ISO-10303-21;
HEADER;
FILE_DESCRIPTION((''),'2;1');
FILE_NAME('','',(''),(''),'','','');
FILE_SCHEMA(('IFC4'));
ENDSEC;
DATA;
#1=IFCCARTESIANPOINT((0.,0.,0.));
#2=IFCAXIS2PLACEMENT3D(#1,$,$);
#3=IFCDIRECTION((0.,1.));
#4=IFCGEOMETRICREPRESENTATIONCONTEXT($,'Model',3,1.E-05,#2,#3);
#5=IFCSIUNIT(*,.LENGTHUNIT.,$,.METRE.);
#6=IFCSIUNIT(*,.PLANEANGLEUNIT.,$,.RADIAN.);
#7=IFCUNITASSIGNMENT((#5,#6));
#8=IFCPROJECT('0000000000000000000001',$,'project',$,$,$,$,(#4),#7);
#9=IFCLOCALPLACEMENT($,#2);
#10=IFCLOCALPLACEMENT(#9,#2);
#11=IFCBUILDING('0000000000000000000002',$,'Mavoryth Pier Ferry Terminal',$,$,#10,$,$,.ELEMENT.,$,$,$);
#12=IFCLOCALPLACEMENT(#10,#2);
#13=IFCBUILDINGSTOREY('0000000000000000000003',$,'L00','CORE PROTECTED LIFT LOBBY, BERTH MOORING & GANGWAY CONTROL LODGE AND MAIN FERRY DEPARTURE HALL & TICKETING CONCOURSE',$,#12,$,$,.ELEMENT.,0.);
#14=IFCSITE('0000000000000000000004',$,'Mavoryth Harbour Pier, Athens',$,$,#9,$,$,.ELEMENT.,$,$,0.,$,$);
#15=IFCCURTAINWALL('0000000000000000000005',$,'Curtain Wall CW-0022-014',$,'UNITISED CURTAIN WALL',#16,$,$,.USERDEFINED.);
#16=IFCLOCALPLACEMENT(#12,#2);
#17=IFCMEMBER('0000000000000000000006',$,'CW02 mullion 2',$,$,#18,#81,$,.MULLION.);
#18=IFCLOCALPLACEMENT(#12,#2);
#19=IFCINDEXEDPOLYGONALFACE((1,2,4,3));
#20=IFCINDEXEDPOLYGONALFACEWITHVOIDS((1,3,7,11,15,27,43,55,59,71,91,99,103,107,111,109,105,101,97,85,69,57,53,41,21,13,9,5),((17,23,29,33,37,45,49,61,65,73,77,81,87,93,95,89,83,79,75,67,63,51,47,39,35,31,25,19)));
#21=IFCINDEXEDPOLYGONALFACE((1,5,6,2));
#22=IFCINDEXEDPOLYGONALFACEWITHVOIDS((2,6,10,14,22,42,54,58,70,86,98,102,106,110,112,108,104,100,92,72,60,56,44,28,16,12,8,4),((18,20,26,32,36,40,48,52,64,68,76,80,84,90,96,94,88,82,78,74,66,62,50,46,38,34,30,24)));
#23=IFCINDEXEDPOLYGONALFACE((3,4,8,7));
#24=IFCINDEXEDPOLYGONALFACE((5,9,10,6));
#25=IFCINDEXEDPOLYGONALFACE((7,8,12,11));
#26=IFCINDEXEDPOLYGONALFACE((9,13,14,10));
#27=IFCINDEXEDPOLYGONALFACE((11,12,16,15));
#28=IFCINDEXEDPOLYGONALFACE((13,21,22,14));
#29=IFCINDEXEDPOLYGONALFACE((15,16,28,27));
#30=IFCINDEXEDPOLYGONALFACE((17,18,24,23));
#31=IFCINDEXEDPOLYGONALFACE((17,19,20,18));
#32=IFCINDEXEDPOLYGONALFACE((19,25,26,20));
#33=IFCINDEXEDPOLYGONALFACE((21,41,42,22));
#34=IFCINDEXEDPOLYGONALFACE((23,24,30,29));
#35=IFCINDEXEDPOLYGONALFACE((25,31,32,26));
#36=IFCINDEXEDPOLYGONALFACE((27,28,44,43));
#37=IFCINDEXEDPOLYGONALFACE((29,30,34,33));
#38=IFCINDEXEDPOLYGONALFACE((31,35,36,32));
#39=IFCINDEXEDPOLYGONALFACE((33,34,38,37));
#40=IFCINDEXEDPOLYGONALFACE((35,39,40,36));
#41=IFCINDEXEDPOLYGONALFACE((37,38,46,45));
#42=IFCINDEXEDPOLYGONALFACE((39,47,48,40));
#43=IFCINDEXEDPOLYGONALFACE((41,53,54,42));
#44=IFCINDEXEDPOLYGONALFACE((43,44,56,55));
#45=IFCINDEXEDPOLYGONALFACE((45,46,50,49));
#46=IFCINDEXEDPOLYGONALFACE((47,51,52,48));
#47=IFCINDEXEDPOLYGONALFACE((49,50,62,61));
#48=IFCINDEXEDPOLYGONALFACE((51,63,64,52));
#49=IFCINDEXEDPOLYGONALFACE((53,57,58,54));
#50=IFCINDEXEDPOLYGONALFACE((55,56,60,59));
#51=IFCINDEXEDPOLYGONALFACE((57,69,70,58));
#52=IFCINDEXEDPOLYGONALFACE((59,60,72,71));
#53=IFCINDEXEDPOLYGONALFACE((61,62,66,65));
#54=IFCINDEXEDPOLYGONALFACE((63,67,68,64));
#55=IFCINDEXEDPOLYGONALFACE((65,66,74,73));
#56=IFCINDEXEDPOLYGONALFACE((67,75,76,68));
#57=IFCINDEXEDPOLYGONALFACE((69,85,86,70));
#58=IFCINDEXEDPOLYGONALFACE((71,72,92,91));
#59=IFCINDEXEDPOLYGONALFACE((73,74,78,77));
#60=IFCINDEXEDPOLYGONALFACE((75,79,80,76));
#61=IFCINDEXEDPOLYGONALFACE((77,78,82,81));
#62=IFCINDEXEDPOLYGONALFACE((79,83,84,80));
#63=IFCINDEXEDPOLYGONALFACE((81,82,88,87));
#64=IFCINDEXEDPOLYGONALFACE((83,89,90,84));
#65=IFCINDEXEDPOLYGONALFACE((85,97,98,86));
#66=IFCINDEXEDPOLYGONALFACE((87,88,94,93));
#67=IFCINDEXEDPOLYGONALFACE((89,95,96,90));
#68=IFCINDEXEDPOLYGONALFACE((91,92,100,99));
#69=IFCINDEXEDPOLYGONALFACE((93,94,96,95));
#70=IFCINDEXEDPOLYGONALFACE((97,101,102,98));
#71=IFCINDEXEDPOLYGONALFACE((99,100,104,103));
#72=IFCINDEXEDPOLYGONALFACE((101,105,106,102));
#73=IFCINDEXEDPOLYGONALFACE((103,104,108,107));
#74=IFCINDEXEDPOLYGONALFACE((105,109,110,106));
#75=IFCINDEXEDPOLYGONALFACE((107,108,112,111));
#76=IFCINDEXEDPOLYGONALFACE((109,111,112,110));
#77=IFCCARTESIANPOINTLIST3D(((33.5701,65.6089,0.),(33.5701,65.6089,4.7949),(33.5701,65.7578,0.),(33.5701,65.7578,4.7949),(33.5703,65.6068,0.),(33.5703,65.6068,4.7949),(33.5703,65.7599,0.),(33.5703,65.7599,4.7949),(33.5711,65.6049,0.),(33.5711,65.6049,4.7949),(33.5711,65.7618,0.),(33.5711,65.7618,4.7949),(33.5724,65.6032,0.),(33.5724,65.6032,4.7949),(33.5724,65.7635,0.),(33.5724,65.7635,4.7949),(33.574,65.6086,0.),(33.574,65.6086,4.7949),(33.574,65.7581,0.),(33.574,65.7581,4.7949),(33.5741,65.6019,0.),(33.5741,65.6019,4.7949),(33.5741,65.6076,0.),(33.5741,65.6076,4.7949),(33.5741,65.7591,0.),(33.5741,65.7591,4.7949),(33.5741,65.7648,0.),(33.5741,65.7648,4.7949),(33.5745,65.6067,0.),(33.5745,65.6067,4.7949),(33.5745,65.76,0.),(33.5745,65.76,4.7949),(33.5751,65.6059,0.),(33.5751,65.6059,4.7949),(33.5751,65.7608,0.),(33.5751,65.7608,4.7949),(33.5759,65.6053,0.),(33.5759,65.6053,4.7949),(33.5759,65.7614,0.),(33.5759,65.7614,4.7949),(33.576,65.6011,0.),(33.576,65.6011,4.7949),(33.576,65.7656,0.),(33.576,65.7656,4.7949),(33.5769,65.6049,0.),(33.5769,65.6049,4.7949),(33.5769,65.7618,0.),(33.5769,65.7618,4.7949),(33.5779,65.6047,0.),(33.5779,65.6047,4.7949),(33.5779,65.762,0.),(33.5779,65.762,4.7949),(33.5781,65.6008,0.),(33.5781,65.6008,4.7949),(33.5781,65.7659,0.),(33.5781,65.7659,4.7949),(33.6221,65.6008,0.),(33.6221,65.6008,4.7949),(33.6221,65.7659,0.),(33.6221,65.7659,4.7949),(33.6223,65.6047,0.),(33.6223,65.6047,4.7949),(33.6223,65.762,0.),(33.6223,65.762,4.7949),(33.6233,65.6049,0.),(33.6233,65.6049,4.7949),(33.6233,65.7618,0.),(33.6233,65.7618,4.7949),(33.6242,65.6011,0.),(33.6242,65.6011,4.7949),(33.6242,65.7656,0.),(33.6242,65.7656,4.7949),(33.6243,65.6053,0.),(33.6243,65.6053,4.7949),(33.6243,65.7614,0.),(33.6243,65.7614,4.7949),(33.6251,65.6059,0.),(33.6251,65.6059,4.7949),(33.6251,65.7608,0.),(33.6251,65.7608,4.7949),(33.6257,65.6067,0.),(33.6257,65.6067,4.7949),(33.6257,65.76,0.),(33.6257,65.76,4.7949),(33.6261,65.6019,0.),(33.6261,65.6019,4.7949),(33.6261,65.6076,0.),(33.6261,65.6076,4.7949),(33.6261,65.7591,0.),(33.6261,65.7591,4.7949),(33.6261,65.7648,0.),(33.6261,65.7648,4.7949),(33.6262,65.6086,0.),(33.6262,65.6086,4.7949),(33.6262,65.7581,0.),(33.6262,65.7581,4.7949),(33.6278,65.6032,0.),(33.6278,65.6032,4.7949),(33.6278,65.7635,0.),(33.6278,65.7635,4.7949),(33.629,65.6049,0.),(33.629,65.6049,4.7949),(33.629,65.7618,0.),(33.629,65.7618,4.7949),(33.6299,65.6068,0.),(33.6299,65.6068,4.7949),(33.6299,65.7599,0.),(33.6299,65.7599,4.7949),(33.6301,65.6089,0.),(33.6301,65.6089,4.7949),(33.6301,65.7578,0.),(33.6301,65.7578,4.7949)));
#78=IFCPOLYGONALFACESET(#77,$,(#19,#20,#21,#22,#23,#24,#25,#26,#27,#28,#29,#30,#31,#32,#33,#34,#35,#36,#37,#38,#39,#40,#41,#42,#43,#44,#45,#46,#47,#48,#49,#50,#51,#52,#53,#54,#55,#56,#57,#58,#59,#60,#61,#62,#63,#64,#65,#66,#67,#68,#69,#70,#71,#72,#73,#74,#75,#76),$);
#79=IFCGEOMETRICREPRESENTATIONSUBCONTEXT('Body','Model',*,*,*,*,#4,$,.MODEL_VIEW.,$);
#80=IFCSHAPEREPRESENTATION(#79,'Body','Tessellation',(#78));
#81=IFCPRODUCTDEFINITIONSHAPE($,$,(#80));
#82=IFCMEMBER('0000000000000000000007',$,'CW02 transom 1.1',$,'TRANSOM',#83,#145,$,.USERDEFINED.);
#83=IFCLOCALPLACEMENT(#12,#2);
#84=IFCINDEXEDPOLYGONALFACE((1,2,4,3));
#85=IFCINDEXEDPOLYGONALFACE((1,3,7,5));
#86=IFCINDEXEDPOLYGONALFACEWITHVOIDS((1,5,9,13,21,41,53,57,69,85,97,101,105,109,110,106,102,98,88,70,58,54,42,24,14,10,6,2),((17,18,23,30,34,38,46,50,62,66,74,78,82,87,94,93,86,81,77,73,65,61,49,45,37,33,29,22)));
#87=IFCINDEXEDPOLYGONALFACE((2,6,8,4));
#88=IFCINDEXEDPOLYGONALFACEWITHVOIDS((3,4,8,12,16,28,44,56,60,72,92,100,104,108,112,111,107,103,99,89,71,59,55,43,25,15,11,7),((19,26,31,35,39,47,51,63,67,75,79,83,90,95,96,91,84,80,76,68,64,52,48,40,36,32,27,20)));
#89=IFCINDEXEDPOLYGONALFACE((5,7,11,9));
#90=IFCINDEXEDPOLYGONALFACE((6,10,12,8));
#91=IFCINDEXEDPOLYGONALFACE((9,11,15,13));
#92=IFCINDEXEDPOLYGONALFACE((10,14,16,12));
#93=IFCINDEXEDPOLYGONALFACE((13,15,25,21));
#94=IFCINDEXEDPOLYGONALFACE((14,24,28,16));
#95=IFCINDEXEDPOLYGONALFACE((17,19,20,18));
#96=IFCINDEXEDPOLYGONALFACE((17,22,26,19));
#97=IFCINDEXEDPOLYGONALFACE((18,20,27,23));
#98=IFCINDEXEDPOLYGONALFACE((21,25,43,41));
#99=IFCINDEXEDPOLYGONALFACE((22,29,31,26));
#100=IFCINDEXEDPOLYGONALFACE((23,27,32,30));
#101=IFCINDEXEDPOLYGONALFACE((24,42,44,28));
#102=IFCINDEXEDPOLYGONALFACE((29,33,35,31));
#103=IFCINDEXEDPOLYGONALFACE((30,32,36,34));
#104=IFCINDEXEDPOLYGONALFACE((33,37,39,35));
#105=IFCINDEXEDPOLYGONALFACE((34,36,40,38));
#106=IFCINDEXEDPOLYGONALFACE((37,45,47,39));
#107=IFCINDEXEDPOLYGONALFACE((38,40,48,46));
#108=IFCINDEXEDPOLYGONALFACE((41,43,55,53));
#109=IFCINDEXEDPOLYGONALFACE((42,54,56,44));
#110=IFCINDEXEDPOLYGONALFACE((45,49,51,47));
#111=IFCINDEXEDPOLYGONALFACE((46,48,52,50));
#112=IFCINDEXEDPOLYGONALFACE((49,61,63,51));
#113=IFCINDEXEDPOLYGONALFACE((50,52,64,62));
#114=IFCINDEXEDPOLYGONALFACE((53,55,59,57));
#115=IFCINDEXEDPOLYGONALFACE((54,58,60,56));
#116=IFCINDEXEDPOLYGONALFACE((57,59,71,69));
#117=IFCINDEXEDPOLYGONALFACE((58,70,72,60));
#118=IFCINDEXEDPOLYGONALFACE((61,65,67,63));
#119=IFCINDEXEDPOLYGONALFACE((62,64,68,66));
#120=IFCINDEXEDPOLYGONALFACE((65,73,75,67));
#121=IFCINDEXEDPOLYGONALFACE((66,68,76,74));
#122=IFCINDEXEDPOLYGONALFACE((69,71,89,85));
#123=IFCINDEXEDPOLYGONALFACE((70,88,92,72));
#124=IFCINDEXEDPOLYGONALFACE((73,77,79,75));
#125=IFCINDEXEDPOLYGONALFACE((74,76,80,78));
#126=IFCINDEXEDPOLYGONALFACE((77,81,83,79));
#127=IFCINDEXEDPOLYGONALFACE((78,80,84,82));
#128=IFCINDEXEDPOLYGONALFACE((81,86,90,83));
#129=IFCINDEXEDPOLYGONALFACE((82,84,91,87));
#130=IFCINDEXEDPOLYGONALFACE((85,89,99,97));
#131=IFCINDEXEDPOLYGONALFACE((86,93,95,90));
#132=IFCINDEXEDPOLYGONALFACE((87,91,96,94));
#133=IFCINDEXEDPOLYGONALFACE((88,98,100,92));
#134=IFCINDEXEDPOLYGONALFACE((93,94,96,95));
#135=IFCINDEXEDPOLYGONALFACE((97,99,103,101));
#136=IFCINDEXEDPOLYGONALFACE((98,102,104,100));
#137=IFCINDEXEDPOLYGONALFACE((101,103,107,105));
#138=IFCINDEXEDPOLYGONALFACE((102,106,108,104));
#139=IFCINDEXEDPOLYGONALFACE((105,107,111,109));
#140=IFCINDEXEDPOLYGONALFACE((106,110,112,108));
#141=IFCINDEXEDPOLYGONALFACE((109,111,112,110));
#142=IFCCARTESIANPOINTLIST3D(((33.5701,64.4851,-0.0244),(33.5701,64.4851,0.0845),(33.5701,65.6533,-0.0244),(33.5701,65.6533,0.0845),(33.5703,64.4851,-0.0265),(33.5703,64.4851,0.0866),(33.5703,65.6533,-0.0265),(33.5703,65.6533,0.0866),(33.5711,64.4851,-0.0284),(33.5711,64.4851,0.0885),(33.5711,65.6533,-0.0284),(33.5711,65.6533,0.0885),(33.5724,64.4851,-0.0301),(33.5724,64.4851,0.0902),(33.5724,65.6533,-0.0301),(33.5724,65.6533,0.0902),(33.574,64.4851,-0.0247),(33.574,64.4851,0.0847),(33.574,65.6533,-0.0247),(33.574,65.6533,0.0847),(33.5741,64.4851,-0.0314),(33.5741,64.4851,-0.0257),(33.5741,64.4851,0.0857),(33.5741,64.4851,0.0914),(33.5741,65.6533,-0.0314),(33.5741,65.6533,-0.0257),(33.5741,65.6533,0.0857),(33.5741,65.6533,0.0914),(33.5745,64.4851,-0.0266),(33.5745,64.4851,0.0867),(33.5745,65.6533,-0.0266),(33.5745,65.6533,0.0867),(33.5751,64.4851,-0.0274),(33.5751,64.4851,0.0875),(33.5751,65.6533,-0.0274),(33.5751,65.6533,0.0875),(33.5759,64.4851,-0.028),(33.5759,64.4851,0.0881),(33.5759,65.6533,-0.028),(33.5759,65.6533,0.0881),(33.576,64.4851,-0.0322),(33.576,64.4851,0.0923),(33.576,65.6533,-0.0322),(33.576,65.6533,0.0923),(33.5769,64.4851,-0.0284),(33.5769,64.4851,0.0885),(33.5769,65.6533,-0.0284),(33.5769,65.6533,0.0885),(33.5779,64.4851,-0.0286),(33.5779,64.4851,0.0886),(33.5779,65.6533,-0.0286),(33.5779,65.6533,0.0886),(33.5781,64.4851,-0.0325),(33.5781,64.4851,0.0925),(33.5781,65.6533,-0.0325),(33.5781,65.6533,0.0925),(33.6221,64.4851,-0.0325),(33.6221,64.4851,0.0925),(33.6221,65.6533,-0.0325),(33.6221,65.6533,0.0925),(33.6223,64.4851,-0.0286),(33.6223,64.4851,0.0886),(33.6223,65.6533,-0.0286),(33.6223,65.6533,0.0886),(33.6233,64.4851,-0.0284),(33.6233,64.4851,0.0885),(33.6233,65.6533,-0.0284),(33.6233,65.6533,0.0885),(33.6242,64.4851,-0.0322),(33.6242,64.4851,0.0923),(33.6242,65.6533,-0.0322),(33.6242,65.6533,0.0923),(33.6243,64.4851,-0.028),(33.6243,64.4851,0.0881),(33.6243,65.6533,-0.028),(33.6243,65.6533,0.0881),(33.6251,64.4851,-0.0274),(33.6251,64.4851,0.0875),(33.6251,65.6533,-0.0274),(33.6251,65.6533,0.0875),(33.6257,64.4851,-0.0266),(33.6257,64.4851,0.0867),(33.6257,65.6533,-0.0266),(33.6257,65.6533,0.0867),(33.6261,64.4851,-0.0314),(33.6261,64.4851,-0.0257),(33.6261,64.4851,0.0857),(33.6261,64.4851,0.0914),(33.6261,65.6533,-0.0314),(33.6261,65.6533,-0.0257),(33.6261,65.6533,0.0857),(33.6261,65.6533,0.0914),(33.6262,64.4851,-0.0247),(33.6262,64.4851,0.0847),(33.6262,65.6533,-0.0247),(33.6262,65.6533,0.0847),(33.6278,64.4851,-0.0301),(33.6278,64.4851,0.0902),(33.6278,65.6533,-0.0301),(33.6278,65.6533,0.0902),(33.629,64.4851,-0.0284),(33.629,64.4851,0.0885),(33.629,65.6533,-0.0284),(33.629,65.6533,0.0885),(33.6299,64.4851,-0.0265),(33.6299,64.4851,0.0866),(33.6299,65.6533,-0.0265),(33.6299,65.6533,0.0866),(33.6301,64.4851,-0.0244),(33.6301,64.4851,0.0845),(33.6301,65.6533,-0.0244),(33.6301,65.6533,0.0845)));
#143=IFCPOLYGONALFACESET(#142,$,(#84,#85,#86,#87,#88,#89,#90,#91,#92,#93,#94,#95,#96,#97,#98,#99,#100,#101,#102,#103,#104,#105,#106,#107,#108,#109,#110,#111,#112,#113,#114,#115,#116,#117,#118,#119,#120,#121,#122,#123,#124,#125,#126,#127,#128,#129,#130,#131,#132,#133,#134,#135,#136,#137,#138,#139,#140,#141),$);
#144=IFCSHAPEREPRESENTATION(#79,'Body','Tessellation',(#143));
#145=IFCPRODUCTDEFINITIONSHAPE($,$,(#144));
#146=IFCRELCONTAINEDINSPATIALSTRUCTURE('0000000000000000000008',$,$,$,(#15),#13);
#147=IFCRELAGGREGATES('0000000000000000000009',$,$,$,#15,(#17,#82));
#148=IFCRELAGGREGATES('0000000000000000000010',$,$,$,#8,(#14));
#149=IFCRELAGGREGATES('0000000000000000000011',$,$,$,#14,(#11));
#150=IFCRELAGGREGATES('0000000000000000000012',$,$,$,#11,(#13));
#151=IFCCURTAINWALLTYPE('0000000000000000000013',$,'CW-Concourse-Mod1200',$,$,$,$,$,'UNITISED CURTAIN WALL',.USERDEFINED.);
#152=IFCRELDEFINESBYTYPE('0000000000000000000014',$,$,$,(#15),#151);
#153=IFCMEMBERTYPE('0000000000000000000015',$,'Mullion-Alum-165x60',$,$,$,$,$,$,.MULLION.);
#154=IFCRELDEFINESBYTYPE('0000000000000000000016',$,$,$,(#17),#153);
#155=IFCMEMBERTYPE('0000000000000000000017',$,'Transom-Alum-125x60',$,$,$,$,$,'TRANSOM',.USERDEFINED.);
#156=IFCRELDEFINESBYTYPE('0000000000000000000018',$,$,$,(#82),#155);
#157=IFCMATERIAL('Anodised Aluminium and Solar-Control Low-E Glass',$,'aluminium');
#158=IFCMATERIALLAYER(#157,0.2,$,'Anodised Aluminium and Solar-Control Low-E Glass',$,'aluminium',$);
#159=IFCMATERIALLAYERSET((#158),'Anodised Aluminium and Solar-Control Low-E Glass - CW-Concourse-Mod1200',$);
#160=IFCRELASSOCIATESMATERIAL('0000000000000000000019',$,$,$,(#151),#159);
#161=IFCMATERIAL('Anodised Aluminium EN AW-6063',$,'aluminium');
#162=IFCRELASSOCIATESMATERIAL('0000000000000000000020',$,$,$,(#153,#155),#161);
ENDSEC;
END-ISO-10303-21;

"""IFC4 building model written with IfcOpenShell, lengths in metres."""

from ifc_helpers import new_model, si_unit, direction, frame, origin, origin_2d, place, context, subcontext, project, spatial, hollow_rectangle, extrude, material, layer, layer_set, material_profile, profile_set, type_object, element, aggregate, save


model = new_model("IFC4")

# Units and contexts
model_context = context("Model", 3, precision=1e-05, world=origin(), true_north=direction((0.0, 1.0)))
body_context = subcontext(model_context, "Body", "Model", "MODEL_VIEW")
ifc_project = project(units=[si_unit("LENGTHUNIT", "METRE"), si_unit("PLANEANGLEUNIT", "RADIAN")], contexts=[model_context])

# Site, building, storey
site_placement = place(None, origin())
site = spatial("IfcSite", under=ifc_project, at=site_placement, Name="Mavoryth Harbour Pier, Athens", CompositionType="ELEMENT", RefElevation=0.0)
building_placement = place(site_placement, origin())
building = spatial("IfcBuilding", under=site, at=building_placement, Name="Mavoryth Pier Ferry Terminal", CompositionType="ELEMENT")
storey_placement = place(building_placement, origin())
storey = spatial("IfcBuildingStorey", under=building, at=storey_placement, Name="L00", Description="CORE PROTECTED LIFT LOBBY, BERTH MOORING & GANGWAY CONTROL LODGE AND MAIN FERRY DEPARTURE HALL & TICKETING CONCOURSE", CompositionType="ELEMENT", Elevation=0.0)

# Shared definitions
ifc_material_1 = material(Name="Anodised Aluminium and Solar-Control Low-E Glass", Category="aluminium")
ifc_layer_1 = layer(ifc_material_1, 0.2, Name="Anodised Aluminium and Solar-Control Low-E Glass", Category="aluminium")
ifc_layer_set_1 = layer_set([ifc_layer_1], Name="Anodised Aluminium and Solar-Control Low-E Glass - CW-Concourse-Mod1200")
curtain_wall_type = type_object("IfcCurtainWallType", Name="CW-Concourse-Mod1200", ElementType="UNITISED CURTAIN WALL", PredefinedType="USERDEFINED", material=ifc_layer_set_1)
ifc_material_2 = material(Name="Anodised Aluminium EN AW-6063", Category="aluminium")
ifc_material_profile_1 = material_profile(ifc_material_2, hollow_rectangle(XDim=0.0601, YDim=0.165, WallThickness=0.0039, InnerFilletRadius=0.0039, OuterFilletRadius=0.0081, at=origin_2d()), Name="AL-MULL 165x60x4", Category="aluminium")
ifc_profile_set_1 = profile_set([ifc_material_profile_1], Name="Anodised Aluminium EN AW-6063 - AL-MULL 165x60x4")
member_type_1 = type_object("IfcMemberType", Name="Mullion-Alum-165x60", PredefinedType="MULLION", material=ifc_profile_set_1)

# Curtain wall, members
curtain_wall_1_placement = place(storey_placement, origin())
curtain_wall_1 = element("IfcCurtainWall", 1, at=curtain_wall_1_placement, inside=storey, type_object=curtain_wall_type, Name="Curtain Wall CW-0022-014", ObjectType="UNITISED CURTAIN WALL", PredefinedType="USERDEFINED")
member_1_placement = place(storey_placement, frame((33.6001, 65.6833, 0.0), z_axis=(0.0, 0.0, 1.0), x_axis=(-1.0, 0.0, 0.0)))
member_1 = element("IfcMember", 2, at=member_1_placement, type_object=member_type_1, Name="CW02 mullion 2", PredefinedType="MULLION", context=body_context, shape_type="SweptSolid", body=[
    extrude(hollow_rectangle(XDim=0.0601, YDim=0.165, WallThickness=0.0039, InnerFilletRadius=0.0039, OuterFilletRadius=0.0081, at=origin_2d()), origin(), (0.0, 0.0, 1.0), 4.7949),
])
ifc_material_profile_2 = material_profile(ifc_material_2, hollow_rectangle(XDim=0.0601, YDim=0.125, WallThickness=0.0039, InnerFilletRadius=0.0039, OuterFilletRadius=0.0081, at=origin_2d()), Name="AL-TRAN 125x60x4", Category="aluminium")
ifc_profile_set_2 = profile_set([ifc_material_profile_2], Name="Anodised Aluminium EN AW-6063 - AL-TRAN 125x60x4")
member_type_2 = type_object("IfcMemberType", Name="Transom-Alum-125x60", ElementType="TRANSOM", PredefinedType="USERDEFINED", material=ifc_profile_set_2)
member_2_placement = place(storey_placement, frame((33.6001, 64.4851, 0.03), z_axis=(0.0, 1.0, 0.0), x_axis=(-1.0, 0.0, 0.0)))
member_2 = element("IfcMember", 3, at=member_2_placement, type_object=member_type_2, Name="CW02 transom 1.1", ObjectType="TRANSOM", PredefinedType="USERDEFINED", context=body_context, shape_type="SweptSolid", body=[
    extrude(hollow_rectangle(XDim=0.0601, YDim=0.125, WallThickness=0.0039, InnerFilletRadius=0.0039, OuterFilletRadius=0.0081, at=origin_2d()), origin(), (0.0, 0.0, 1.0), 1.1682),
])

aggregate(curtain_wall_1, [member_1, member_2])

save(model, "model.ifc")
